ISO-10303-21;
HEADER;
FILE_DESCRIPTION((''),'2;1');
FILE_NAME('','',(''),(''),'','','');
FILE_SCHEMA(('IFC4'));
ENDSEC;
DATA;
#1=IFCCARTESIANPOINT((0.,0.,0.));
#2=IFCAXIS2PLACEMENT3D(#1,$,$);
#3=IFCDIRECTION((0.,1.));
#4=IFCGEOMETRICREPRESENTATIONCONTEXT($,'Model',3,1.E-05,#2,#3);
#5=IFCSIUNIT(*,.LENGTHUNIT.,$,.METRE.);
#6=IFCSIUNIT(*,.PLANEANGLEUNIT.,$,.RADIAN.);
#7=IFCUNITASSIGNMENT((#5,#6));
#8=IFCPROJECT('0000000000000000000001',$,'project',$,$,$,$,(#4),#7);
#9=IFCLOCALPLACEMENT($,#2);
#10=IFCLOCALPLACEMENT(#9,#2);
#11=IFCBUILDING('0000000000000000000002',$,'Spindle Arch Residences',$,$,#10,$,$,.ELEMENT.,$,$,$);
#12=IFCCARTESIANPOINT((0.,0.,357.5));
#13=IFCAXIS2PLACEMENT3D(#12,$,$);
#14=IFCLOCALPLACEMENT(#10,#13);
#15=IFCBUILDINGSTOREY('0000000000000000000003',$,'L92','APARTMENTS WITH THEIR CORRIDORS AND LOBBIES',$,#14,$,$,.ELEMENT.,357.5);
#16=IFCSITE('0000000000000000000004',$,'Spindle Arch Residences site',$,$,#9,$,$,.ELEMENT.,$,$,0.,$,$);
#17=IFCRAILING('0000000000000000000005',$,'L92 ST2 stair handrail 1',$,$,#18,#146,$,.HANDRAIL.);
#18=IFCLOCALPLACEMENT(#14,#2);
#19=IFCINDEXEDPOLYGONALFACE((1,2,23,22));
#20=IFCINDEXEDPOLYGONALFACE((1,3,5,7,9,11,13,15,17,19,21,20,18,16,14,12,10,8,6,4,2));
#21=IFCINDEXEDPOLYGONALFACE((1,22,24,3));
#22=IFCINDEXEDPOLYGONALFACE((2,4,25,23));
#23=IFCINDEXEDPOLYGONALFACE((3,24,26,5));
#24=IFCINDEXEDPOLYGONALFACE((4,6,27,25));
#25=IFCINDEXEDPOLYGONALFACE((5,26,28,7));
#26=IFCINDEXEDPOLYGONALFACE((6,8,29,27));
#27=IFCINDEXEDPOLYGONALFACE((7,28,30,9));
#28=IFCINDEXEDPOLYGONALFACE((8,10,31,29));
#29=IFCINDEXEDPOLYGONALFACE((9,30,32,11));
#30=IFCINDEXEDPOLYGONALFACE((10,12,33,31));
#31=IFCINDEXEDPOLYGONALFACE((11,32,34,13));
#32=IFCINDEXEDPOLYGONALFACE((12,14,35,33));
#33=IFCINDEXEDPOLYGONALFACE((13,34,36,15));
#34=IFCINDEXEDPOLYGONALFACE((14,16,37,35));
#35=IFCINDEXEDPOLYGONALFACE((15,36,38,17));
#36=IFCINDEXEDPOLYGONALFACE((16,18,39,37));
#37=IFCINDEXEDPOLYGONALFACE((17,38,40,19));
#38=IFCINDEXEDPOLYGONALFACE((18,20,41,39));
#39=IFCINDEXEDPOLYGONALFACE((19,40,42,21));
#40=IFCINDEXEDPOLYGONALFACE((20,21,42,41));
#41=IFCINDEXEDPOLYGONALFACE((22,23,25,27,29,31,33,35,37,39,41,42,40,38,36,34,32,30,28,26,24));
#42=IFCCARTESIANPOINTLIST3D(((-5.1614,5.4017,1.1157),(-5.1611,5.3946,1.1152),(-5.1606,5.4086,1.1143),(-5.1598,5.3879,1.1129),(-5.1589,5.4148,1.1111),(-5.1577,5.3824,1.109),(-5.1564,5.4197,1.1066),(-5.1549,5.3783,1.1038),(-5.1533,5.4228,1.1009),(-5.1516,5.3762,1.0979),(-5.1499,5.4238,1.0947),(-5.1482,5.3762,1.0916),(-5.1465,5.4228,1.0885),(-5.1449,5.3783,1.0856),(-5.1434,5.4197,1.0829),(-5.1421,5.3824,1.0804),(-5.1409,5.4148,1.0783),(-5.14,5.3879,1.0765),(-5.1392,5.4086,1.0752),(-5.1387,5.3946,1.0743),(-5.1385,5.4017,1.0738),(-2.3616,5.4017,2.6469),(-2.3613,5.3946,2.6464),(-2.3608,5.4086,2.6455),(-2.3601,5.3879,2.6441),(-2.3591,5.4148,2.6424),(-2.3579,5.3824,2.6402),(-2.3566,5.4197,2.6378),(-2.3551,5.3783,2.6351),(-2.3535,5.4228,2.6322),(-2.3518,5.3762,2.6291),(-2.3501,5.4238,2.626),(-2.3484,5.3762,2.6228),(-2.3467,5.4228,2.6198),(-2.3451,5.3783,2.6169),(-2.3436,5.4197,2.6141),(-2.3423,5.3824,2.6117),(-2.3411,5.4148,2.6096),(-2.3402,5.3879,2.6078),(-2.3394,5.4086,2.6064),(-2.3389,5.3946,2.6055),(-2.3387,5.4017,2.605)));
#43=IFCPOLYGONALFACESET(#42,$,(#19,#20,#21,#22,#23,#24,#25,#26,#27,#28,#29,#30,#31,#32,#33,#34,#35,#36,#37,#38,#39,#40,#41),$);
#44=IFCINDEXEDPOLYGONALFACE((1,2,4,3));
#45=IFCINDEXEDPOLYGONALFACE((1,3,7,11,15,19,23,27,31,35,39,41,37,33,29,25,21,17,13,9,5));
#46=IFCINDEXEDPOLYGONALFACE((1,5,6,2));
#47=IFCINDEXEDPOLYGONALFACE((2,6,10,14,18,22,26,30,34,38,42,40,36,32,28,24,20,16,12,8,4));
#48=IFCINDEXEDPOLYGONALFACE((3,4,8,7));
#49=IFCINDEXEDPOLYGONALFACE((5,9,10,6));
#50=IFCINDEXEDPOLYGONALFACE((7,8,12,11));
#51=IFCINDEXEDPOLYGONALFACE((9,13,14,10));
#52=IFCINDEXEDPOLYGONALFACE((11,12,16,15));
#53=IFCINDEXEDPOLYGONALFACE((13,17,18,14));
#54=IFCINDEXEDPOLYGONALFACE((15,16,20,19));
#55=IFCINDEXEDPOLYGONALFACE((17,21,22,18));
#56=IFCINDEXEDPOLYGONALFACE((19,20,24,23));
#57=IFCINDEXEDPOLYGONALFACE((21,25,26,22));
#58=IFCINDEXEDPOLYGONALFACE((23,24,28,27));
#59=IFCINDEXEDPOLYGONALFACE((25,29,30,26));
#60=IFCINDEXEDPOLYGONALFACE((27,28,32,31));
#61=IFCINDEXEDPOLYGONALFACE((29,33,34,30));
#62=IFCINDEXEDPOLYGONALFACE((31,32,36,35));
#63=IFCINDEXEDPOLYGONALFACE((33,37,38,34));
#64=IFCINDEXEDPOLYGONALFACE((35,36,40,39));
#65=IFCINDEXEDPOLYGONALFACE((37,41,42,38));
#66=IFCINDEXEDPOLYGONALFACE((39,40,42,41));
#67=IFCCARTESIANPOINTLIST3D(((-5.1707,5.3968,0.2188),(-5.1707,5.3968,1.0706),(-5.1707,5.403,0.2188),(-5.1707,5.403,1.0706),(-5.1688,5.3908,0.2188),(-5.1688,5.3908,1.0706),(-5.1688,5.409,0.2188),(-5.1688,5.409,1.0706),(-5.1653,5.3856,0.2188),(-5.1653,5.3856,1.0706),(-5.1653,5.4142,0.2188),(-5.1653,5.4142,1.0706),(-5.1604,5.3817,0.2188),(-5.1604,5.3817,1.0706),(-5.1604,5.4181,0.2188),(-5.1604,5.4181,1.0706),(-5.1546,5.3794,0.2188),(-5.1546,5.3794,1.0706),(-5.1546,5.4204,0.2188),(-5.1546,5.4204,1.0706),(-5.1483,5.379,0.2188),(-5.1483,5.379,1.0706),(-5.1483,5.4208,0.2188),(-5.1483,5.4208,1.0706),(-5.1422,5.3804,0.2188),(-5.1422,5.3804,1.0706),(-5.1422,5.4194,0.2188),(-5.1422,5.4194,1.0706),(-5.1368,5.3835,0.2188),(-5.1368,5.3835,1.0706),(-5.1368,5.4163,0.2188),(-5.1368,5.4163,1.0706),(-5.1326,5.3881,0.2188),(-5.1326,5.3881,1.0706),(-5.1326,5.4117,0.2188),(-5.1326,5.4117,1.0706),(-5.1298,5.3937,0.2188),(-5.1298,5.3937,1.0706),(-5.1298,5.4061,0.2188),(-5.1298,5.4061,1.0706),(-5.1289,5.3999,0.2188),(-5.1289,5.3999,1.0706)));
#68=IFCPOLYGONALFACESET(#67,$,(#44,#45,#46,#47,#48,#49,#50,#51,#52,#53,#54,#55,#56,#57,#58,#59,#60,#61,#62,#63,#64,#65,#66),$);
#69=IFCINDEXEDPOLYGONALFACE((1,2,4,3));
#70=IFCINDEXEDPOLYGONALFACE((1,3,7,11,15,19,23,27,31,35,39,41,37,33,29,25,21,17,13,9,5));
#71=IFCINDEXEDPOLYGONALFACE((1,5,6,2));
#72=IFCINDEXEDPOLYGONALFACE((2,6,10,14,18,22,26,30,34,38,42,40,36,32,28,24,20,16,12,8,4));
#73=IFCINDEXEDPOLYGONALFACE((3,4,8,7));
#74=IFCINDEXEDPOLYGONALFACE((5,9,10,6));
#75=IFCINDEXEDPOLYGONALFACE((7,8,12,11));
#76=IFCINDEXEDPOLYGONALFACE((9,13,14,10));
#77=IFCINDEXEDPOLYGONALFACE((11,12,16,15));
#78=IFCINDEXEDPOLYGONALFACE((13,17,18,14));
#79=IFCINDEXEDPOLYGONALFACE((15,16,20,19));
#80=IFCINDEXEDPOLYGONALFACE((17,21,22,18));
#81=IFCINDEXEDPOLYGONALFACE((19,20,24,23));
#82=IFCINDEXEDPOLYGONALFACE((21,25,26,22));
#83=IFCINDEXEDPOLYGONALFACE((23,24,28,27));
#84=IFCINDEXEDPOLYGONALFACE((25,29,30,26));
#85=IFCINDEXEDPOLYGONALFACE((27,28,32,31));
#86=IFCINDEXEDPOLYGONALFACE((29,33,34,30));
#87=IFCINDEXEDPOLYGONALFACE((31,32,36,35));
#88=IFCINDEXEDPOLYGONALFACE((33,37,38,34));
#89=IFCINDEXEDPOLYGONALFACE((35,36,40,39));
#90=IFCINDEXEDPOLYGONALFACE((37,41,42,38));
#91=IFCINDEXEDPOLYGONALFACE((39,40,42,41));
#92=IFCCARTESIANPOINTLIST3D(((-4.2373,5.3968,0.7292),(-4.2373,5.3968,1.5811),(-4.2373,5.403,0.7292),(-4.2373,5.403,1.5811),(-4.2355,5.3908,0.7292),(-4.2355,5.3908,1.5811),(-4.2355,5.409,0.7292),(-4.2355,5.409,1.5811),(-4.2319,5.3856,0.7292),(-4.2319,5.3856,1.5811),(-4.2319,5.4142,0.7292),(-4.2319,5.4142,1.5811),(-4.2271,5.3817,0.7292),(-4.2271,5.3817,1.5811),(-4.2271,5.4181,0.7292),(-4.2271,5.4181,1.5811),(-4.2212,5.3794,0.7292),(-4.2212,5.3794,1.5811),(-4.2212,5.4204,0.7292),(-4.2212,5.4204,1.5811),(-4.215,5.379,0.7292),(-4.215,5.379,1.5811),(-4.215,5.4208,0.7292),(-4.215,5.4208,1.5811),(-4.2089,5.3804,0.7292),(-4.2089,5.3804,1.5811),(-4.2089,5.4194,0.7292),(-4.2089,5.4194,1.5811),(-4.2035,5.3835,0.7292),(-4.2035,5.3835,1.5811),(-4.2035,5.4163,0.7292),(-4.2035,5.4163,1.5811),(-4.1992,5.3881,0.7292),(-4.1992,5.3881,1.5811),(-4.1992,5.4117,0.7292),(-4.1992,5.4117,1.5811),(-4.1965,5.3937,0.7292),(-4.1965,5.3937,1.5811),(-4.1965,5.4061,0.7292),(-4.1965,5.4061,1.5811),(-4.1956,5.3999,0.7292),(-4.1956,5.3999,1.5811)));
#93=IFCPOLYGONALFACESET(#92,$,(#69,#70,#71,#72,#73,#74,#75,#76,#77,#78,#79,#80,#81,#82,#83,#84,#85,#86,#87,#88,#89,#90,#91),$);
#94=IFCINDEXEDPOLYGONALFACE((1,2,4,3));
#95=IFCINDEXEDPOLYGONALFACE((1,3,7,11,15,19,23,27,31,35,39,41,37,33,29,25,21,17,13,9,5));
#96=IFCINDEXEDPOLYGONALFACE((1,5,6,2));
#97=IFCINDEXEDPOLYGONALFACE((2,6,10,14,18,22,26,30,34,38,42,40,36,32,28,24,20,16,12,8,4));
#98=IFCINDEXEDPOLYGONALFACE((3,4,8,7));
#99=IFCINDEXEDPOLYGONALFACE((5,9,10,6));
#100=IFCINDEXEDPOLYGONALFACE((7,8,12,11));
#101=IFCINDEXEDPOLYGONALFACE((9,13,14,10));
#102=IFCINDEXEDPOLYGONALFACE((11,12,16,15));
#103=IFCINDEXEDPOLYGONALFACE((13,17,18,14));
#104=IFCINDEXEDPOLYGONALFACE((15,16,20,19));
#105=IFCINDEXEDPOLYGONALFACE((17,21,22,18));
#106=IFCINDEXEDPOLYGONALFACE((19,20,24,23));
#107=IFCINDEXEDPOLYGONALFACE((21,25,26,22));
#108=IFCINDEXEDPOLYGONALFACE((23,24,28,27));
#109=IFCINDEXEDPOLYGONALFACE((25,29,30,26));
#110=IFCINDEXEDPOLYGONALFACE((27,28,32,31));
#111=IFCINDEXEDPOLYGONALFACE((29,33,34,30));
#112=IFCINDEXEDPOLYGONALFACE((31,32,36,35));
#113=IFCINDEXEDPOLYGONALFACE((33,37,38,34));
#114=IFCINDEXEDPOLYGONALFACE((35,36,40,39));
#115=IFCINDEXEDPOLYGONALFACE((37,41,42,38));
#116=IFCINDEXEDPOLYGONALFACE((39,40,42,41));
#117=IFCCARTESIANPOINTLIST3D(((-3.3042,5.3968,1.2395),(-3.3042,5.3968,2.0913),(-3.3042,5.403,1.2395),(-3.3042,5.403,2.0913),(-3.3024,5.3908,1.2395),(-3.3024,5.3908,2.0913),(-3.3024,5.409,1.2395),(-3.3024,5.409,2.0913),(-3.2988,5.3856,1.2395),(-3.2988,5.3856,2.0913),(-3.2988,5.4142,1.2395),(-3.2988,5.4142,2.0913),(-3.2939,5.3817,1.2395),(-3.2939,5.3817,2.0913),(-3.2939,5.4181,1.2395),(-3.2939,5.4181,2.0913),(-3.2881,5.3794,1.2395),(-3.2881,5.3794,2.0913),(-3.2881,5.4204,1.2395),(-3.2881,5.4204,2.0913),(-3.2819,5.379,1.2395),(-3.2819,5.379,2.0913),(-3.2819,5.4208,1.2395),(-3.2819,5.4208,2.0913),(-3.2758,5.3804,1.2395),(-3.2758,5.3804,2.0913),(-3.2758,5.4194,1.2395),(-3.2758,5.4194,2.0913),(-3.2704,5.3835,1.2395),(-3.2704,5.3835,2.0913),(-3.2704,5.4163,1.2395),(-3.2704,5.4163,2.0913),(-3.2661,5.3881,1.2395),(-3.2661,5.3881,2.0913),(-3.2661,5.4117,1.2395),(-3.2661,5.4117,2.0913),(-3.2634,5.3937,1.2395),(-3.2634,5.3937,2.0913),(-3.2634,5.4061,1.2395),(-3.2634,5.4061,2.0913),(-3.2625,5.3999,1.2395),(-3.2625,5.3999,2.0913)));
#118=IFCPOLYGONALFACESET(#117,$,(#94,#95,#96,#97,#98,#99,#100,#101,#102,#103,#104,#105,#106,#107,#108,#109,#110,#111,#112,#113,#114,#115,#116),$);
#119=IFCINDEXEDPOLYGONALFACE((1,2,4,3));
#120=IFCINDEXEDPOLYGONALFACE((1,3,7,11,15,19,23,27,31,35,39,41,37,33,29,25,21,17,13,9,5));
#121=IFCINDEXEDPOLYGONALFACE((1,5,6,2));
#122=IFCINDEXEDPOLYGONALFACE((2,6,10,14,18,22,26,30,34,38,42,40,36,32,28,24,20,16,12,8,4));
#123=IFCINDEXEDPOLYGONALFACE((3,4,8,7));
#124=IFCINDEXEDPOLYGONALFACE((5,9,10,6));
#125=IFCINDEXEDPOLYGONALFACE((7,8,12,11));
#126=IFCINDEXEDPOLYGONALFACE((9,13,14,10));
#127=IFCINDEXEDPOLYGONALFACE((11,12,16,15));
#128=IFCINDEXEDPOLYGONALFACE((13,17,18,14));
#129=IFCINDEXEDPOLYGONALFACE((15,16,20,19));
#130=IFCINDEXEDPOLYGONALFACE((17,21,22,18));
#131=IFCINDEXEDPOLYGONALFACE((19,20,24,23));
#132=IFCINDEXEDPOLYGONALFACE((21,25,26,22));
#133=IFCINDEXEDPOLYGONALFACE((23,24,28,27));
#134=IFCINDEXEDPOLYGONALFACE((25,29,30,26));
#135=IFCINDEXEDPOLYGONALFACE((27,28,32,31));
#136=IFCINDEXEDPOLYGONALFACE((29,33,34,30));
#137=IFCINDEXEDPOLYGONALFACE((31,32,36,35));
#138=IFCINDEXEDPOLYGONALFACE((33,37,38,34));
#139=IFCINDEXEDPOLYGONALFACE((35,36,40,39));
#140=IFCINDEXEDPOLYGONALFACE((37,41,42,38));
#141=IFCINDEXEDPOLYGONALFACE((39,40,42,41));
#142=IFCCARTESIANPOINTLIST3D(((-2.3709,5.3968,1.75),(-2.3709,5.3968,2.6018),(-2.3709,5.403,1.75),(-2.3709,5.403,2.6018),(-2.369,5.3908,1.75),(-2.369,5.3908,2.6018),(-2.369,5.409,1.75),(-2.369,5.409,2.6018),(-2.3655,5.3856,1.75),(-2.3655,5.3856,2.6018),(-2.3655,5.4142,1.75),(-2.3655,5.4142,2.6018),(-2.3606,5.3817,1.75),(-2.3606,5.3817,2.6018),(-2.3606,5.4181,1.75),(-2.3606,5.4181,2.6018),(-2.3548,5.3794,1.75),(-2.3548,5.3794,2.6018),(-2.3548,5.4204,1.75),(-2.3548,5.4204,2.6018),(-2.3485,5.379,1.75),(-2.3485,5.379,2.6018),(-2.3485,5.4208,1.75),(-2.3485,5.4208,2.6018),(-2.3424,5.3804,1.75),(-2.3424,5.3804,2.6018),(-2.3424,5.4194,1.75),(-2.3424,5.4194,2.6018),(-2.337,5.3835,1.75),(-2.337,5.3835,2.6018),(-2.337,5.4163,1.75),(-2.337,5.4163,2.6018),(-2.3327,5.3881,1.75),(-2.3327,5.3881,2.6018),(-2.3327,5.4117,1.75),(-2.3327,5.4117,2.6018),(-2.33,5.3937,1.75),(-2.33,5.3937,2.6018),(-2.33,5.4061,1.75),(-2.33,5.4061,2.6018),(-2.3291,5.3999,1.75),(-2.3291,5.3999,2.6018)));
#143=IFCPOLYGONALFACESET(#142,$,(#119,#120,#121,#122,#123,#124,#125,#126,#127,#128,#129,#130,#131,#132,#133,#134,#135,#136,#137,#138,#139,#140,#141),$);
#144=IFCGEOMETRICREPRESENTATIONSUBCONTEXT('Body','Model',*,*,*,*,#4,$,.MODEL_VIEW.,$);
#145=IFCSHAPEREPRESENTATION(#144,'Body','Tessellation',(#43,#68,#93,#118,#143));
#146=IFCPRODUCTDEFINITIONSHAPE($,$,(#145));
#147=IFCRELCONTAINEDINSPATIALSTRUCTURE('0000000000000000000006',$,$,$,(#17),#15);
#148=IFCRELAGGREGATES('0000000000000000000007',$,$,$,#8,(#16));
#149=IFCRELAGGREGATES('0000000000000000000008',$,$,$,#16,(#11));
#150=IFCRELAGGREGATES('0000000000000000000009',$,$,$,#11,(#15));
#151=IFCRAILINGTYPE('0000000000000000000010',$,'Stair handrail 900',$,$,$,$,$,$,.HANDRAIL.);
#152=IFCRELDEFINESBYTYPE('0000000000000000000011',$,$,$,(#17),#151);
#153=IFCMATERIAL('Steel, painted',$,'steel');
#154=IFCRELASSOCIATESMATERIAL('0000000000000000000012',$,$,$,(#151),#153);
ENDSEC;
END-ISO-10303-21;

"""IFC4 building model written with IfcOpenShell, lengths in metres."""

from ifc_helpers import new_model, si_unit, direction, frame, origin, origin_2d, place, context, subcontext, project, spatial, circle, extrude, material, type_object, element, save


model = new_model("IFC4")

# Units and contexts
model_context = context("Model", 3, precision=1e-05, world=origin(), true_north=direction((0.0, 1.0)))
body_context = subcontext(model_context, "Body", "Model", "MODEL_VIEW")
ifc_project = project(units=[si_unit("LENGTHUNIT", "METRE"), si_unit("PLANEANGLEUNIT", "RADIAN")], contexts=[model_context])

# Site, building, storey
site_placement = place(None, origin())
site = spatial("IfcSite", under=ifc_project, at=site_placement, Name="Spindle Arch Residences site", CompositionType="ELEMENT", RefElevation=0.0)
building_placement = place(site_placement, origin())
building = spatial("IfcBuilding", under=site, at=building_placement, Name="Spindle Arch Residences", CompositionType="ELEMENT")
storey_placement = place(building_placement, frame((0.0, 0.0, 357.5)))
storey = spatial("IfcBuildingStorey", under=building, at=storey_placement, Name="L92", Description="APARTMENTS WITH THEIR CORRIDORS AND LOBBIES", CompositionType="ELEMENT", Elevation=357.5)

# Railing
ifc_material_1 = material(Name="Steel, painted", Category="steel")
railing_type_1 = type_object("IfcRailingType", Name="Stair handrail 900", PredefinedType="HANDRAIL", material=ifc_material_1)
railing_1_placement = place(storey_placement, frame((-5.1499, 5.3999, 0.2188)))
element("IfcRailing", 1, at=railing_1_placement, inside=storey, type_object=railing_type_1, Name="L92 ST2 stair handrail 1", PredefinedType="HANDRAIL", context=body_context, shape_type="SweptSolid", body=[
    extrude(circle(Radius=0.0239, at=origin_2d()), frame((0.0, 0.0, 0.876), z_axis=(0.877357, 0.0, 0.479838), x_axis=(0.0, 1.0, 0.0)), (0.0, 0.0, 1.0), 3.1912),
    extrude(circle(Radius=0.021, at=origin_2d()), origin(), (0.0, 0.0, 1.0), 0.8518),
    extrude(circle(Radius=0.021, at=origin_2d()), frame((0.9333, 0.0, 0.5105)), (0.0, 0.0, 1.0), 0.8518),
    extrude(circle(Radius=0.021, at=origin_2d()), frame((1.8665, 0.0, 1.0208)), (0.0, 0.0, 1.0), 0.8518),
    extrude(circle(Radius=0.021, at=origin_2d()), frame((2.7998, 0.0, 1.5312)), (0.0, 0.0, 1.0), 0.8518),
])

save(model, "model.ifc")
